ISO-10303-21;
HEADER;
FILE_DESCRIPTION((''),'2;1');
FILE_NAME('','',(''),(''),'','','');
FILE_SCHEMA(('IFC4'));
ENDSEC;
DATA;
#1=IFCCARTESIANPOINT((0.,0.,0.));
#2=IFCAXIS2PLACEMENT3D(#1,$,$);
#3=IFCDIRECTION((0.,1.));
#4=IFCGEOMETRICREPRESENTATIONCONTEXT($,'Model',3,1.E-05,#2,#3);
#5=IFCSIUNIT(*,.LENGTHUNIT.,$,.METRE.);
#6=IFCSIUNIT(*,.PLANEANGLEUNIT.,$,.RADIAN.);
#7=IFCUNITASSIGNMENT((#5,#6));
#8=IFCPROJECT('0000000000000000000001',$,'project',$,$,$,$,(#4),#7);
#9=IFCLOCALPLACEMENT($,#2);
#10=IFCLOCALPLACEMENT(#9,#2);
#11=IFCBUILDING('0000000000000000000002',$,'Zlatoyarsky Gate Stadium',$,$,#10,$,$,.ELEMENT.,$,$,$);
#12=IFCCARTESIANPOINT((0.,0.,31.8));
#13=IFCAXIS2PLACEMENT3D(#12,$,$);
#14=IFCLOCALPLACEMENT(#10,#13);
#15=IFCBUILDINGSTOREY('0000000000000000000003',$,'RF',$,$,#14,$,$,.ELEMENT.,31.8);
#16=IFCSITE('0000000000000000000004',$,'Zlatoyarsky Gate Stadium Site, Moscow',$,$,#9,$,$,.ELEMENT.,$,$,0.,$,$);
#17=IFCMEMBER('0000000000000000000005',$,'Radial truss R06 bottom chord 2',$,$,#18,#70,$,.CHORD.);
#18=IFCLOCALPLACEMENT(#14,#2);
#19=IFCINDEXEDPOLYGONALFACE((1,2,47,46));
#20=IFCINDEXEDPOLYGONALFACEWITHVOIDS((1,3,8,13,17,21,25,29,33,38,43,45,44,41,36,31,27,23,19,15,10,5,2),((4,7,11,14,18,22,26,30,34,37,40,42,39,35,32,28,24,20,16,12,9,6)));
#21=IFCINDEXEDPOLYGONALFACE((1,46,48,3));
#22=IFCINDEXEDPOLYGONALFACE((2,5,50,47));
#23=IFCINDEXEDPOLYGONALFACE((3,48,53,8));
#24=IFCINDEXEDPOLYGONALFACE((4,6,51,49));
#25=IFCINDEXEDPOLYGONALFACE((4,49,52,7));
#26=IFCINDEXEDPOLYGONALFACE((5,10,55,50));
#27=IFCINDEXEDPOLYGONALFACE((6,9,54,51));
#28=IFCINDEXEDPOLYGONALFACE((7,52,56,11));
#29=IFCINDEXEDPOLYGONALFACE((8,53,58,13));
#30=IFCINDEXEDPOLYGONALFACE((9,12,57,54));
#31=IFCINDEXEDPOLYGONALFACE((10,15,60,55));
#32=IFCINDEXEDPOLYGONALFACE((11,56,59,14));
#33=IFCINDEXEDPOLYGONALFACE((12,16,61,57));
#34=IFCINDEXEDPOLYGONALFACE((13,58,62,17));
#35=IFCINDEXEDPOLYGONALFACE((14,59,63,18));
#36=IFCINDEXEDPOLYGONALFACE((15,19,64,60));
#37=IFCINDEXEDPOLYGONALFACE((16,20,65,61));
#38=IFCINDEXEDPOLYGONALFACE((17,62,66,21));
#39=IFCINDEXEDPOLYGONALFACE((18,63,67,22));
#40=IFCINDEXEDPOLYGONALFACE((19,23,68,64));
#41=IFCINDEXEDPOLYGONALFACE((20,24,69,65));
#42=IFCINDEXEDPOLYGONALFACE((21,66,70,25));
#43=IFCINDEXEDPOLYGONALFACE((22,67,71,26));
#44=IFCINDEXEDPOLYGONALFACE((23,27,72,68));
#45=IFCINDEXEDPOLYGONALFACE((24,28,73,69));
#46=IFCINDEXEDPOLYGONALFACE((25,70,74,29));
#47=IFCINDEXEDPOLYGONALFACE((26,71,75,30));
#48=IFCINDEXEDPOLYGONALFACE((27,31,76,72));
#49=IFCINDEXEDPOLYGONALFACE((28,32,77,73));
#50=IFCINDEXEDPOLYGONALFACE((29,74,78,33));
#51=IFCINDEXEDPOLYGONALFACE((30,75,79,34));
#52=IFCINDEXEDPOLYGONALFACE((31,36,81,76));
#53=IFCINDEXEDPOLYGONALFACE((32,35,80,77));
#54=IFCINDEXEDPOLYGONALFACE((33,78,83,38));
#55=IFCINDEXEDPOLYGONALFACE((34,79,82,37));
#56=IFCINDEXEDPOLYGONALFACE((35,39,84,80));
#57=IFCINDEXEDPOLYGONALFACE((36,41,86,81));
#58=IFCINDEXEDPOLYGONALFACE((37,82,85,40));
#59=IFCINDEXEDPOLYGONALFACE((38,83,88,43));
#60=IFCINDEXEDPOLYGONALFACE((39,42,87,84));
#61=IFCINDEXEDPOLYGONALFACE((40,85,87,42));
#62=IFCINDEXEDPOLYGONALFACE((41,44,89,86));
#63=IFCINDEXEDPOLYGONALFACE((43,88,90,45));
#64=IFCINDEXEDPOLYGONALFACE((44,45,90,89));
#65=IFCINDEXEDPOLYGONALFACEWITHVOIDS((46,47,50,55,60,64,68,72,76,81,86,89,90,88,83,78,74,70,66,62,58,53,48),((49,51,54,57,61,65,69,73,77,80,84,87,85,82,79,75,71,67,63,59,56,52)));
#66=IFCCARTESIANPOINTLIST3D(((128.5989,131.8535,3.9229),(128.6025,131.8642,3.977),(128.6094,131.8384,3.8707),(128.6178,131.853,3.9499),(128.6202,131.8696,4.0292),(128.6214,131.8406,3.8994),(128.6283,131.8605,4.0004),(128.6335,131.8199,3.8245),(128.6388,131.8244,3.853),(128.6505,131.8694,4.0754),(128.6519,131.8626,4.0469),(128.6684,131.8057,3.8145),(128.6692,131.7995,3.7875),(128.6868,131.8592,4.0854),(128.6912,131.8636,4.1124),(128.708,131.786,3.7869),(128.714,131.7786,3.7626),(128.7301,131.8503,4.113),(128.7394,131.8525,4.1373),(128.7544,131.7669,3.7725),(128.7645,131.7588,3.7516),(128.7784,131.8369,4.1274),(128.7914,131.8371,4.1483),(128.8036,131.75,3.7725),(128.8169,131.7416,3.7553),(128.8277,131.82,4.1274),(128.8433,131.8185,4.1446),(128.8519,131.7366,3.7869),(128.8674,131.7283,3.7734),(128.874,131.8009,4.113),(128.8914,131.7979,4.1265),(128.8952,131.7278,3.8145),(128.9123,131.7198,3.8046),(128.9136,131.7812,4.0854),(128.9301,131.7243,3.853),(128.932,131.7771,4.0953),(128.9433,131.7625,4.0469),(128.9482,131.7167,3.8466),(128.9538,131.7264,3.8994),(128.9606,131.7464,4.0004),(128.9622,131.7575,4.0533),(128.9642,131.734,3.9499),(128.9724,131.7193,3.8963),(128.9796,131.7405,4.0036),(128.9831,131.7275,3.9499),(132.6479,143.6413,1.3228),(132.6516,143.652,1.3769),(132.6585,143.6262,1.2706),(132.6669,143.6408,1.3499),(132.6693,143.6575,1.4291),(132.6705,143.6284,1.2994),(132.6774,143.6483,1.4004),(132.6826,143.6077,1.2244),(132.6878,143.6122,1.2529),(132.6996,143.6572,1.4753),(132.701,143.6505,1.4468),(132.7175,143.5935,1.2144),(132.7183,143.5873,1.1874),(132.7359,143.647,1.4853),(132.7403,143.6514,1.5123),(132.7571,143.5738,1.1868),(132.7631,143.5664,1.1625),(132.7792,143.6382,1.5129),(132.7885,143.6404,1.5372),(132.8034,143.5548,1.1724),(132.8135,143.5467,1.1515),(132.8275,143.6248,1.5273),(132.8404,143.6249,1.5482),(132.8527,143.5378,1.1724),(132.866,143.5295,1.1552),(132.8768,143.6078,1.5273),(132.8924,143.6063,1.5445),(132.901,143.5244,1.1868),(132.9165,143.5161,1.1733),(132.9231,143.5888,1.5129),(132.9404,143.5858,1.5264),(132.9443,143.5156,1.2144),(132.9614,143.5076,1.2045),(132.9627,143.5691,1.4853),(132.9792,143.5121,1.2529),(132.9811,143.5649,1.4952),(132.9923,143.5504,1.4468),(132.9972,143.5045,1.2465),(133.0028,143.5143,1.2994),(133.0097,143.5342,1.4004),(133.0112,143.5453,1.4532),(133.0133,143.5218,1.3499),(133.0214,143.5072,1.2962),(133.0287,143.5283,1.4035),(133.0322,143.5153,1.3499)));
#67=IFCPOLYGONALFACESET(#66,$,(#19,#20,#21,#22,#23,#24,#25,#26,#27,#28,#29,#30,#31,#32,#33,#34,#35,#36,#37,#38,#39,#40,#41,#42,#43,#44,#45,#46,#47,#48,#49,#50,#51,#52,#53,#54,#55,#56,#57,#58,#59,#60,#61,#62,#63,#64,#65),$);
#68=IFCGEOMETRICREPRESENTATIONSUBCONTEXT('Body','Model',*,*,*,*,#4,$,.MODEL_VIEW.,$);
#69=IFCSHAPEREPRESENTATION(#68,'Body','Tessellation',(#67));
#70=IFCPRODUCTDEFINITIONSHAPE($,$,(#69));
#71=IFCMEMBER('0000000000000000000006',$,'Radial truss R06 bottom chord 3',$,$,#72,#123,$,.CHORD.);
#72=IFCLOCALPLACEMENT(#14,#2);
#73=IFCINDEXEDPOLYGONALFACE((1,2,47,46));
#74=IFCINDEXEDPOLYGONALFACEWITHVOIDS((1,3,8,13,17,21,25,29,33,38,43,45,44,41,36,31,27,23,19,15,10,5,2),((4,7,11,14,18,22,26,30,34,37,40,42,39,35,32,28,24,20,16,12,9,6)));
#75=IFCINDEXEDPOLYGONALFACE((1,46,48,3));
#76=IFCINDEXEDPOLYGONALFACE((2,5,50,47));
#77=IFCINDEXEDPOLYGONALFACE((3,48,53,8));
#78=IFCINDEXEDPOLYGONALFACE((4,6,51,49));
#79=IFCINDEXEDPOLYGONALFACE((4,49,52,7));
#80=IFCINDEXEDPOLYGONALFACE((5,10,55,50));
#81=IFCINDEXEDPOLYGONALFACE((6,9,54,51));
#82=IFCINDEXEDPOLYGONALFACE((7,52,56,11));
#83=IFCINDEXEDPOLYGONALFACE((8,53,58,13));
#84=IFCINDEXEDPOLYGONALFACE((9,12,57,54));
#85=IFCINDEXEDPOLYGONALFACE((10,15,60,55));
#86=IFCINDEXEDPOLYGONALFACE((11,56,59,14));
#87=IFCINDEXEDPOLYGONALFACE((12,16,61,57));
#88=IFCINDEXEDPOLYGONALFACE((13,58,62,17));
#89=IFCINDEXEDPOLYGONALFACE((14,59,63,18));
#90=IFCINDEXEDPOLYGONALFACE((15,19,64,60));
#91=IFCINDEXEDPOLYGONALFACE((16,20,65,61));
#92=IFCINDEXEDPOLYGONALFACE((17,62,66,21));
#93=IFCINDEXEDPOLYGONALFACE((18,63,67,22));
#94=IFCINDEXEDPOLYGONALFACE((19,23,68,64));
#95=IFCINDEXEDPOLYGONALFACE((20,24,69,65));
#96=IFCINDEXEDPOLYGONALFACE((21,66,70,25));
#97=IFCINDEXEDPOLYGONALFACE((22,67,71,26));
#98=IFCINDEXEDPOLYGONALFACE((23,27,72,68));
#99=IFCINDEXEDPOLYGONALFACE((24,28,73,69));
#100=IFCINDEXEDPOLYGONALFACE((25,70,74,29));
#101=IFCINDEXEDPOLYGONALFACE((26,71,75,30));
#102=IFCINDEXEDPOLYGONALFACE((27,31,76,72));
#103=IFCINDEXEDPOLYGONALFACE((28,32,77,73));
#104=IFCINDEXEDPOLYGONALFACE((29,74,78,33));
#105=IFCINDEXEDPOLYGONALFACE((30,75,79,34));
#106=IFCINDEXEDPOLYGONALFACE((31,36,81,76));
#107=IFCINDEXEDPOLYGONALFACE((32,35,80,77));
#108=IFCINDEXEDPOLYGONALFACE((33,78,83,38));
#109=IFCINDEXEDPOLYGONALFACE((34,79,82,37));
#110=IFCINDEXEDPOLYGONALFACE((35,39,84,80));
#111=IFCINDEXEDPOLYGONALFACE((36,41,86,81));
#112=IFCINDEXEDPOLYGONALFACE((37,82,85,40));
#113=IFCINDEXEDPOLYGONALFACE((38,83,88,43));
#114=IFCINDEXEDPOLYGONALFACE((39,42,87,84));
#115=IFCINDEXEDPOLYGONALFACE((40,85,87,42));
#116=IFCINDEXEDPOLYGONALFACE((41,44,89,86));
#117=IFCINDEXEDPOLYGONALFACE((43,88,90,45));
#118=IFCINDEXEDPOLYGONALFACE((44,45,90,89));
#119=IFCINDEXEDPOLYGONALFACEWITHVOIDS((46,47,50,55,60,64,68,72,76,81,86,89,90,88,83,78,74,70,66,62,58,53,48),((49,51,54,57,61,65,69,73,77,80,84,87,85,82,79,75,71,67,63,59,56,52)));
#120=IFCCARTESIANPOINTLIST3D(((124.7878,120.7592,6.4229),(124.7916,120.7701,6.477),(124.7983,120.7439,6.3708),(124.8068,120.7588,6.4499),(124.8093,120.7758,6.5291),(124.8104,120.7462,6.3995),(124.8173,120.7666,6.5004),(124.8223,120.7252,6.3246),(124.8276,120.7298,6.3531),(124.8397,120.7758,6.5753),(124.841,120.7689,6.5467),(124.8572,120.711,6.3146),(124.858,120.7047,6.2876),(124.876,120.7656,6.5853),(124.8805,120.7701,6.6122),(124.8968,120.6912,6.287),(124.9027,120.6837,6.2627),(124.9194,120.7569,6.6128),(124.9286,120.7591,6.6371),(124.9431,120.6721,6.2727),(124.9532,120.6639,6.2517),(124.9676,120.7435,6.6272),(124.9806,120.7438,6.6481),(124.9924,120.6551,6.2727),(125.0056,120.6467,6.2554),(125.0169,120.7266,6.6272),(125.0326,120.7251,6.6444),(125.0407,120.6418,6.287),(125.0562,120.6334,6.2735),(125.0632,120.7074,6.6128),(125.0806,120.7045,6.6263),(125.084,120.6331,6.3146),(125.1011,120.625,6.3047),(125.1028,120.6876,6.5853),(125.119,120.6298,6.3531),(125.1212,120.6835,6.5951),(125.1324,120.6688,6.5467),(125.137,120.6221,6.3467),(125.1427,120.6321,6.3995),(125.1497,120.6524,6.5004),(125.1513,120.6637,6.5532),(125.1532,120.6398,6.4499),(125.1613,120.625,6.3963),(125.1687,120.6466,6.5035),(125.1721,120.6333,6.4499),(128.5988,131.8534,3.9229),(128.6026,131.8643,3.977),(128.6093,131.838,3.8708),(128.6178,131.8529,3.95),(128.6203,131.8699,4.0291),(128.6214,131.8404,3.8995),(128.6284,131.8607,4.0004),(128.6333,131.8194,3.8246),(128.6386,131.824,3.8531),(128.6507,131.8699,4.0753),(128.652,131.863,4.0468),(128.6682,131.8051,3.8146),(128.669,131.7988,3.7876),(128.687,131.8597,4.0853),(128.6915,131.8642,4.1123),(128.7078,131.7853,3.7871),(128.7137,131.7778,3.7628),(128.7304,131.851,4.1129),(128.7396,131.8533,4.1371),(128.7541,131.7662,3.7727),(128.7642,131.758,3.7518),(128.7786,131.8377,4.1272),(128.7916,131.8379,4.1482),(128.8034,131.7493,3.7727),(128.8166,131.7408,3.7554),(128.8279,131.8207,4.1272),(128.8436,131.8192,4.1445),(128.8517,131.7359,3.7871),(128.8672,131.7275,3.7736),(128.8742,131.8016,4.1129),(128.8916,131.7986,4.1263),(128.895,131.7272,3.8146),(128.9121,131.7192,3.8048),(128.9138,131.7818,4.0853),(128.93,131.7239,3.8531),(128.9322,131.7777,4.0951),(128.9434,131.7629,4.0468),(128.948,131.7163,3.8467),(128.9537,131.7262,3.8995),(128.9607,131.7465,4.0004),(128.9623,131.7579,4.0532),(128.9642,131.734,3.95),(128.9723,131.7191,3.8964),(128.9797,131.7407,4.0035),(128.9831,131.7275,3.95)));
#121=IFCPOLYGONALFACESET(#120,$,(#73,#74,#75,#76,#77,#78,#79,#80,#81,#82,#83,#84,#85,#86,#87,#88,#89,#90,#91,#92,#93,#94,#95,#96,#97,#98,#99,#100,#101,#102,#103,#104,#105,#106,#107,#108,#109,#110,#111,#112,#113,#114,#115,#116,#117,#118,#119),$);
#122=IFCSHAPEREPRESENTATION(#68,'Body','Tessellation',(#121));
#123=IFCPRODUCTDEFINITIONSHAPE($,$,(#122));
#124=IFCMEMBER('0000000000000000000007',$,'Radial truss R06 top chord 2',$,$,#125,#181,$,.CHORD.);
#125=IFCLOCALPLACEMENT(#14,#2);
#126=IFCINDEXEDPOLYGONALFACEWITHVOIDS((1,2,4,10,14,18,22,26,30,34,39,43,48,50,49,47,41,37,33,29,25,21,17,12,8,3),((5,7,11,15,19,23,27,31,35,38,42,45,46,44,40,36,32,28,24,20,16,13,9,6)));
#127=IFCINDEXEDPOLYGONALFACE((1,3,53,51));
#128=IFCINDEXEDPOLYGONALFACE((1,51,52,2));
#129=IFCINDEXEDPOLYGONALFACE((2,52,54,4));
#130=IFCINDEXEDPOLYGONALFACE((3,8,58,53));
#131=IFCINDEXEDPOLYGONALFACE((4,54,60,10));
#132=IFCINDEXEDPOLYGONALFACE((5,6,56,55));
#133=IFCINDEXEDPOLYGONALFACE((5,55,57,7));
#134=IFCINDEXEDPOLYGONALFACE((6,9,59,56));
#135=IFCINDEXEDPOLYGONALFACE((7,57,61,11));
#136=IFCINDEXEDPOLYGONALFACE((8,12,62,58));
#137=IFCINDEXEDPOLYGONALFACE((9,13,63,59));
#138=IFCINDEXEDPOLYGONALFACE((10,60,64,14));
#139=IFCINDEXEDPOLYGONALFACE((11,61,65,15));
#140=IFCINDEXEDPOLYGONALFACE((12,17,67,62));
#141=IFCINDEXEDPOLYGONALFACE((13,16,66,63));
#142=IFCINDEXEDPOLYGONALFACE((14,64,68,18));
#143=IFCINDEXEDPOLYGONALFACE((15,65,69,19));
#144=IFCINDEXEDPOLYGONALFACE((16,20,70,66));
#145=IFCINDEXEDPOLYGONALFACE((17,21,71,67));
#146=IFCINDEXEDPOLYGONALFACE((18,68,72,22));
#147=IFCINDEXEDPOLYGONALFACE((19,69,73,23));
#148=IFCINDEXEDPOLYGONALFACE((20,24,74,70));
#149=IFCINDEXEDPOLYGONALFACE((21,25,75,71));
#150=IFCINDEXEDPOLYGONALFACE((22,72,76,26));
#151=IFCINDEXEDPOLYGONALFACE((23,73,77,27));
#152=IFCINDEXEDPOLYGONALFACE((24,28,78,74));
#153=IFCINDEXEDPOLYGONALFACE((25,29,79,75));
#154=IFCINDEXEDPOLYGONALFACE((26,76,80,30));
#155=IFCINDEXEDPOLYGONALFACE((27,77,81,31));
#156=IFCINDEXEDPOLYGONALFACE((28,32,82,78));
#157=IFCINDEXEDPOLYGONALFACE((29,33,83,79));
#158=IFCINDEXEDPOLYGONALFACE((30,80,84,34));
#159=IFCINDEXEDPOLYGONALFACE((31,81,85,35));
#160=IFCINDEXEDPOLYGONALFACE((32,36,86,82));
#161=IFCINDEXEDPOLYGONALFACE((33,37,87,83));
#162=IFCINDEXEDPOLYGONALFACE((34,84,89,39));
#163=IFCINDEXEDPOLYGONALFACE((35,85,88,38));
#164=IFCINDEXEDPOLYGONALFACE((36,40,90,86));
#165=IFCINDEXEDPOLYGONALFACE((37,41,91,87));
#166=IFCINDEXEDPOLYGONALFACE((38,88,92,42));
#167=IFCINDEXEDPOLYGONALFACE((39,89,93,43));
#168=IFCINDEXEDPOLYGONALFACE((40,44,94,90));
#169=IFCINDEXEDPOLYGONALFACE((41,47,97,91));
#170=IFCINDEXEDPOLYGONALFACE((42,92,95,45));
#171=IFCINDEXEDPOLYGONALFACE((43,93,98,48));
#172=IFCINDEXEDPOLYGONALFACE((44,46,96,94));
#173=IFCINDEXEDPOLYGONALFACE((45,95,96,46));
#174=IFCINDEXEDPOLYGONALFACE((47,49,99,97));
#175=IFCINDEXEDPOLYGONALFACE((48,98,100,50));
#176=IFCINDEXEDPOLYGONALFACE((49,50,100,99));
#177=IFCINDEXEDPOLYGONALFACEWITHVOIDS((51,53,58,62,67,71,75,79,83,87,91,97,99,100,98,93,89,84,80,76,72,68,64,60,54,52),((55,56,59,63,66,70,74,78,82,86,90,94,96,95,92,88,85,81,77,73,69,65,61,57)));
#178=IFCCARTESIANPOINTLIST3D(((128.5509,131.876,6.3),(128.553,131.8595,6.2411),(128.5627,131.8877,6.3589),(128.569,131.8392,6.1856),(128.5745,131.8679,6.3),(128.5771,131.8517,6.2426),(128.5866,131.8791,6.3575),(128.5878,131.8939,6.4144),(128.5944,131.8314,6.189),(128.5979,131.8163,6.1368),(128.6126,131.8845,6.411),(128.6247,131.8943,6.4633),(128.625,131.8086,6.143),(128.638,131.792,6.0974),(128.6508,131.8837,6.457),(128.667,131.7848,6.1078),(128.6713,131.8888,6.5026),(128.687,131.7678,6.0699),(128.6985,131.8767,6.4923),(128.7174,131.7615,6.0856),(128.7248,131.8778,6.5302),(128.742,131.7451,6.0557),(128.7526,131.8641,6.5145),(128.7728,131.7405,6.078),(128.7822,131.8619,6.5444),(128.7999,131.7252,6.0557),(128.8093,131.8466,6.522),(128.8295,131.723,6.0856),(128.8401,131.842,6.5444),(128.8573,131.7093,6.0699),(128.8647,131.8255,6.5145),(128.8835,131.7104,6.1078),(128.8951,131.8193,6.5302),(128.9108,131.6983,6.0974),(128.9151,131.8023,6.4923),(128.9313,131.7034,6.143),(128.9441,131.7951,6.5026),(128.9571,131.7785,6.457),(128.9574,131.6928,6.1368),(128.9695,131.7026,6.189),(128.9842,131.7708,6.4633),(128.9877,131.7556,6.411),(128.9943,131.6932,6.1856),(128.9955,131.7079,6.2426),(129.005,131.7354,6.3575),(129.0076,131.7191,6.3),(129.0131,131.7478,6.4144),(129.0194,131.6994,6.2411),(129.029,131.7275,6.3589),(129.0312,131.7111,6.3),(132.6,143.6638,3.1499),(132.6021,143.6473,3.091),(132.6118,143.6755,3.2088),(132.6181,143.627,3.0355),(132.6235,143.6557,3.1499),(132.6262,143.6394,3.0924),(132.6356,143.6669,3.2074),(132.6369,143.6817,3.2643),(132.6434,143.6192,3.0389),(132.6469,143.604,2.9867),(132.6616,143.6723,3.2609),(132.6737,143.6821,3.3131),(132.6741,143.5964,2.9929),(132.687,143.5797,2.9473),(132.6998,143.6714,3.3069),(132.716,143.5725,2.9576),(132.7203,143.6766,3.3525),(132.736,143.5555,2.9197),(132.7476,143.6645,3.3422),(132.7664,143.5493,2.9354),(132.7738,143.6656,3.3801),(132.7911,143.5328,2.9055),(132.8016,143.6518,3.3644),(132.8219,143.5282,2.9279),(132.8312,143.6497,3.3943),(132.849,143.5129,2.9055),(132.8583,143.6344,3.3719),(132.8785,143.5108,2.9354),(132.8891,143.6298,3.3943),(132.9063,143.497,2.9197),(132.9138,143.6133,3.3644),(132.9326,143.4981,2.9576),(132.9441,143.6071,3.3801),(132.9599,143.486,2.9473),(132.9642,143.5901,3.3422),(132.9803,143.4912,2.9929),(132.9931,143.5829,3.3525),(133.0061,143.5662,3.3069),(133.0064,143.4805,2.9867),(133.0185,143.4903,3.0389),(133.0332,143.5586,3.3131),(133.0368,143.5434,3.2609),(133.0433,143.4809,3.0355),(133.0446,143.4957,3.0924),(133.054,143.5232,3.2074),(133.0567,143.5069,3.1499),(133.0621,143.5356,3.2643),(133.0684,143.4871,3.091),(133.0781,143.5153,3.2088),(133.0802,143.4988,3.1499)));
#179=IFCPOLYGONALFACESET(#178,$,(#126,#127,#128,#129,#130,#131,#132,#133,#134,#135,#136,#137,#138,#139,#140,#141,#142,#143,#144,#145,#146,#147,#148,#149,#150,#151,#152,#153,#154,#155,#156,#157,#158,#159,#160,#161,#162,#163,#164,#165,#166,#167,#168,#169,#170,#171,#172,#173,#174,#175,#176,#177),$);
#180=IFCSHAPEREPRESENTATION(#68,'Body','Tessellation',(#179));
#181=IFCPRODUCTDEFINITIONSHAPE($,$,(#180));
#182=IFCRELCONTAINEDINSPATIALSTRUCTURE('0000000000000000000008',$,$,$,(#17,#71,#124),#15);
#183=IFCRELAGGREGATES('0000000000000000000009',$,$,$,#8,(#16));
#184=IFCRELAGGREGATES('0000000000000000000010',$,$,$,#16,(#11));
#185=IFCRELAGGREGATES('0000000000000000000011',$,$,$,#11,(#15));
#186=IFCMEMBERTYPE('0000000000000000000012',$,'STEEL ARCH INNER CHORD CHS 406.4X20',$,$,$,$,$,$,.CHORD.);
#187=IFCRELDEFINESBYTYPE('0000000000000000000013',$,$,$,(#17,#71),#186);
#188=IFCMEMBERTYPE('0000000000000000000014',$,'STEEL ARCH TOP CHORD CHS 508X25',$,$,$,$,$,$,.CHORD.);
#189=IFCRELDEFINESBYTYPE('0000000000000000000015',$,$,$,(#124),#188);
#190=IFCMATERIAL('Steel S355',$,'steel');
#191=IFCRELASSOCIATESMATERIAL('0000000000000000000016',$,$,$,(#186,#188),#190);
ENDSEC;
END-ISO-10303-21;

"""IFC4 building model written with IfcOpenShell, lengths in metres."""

from ifc_helpers import new_model, si_unit, direction, frame, origin, origin_2d, place, context, subcontext, project, spatial, hollow_circle, extrude, material, material_profile, profile_set, type_object, element, save


model = new_model("IFC4")

# Units and contexts
model_context = context("Model", 3, precision=1e-05, world=origin(), true_north=direction((0.0, 1.0)))
body_context = subcontext(model_context, "Body", "Model", "MODEL_VIEW")
ifc_project = project(units=[si_unit("LENGTHUNIT", "METRE"), si_unit("PLANEANGLEUNIT", "RADIAN")], contexts=[model_context])

# Site, building, storey
site_placement = place(None, origin())
site = spatial("IfcSite", under=ifc_project, at=site_placement, Name="Zlatoyarsky Gate Stadium Site, Moscow", CompositionType="ELEMENT", RefElevation=0.0)
building_placement = place(site_placement, origin())
building = spatial("IfcBuilding", under=site, at=building_placement, Name="Zlatoyarsky Gate Stadium", CompositionType="ELEMENT")
storey_placement = place(building_placement, frame((0.0, 0.0, 31.8)))
storey = spatial("IfcBuildingStorey", under=building, at=storey_placement, Name="RF", CompositionType="ELEMENT", Elevation=31.8)

# Members
ifc_material_1 = material(Name="Steel S355", Category="steel")
ifc_material_profile_1 = material_profile(ifc_material_1, hollow_circle(Radius=0.2031, WallThickness=0.02, at=origin_2d()), Name="CHS 406.4X20")
ifc_profile_set_1 = profile_set([ifc_material_profile_1], Name="Steel S355")
member_type_1 = type_object("IfcMemberType", Name="STEEL ARCH INNER CHORD CHS 406.4X20", PredefinedType="CHORD", material=ifc_profile_set_1)
member_1_placement = place(storey_placement, frame((132.8401, 143.5813, 1.3499), z_axis=(-0.318018, -0.92583, 0.204214), x_axis=(0.945761, -0.324865, 0.0)))
element("IfcMember", 1, at=member_1_placement, inside=storey, type_object=member_type_1, Name="Radial truss R06 bottom chord 2", PredefinedType="CHORD", context=body_context, shape_type="SweptSolid", body=[
    extrude(hollow_circle(Radius=0.2031, WallThickness=0.02, at=origin_2d()), origin(), (0.0, 0.0, 1.0), 12.7322),
])
member_2_placement = place(storey_placement, frame((128.791, 131.7935, 3.95), z_axis=(-0.317745, -0.924982, 0.208437), x_axis=(0.945755, -0.324881, 0.0)))
element("IfcMember", 2, at=member_2_placement, inside=storey, type_object=member_type_1, Name="Radial truss R06 bottom chord 3", PredefinedType="CHORD", context=body_context, shape_type="SweptSolid", body=[
    extrude(hollow_circle(Radius=0.2031, WallThickness=0.02, at=origin_2d()), origin(), (0.0, 0.0, 1.0), 11.9939),
])
ifc_material_profile_2 = material_profile(ifc_material_1, hollow_circle(Radius=0.2539, WallThickness=0.0249, at=origin_2d()), Name="CHS 508X25")
ifc_profile_set_2 = profile_set([ifc_material_profile_2], Name="Steel S355")
member_type_2 = type_object("IfcMemberType", Name="STEEL ARCH TOP CHORD CHS 508X25", PredefinedType="CHORD", material=ifc_profile_set_2)
member_3_placement = place(storey_placement, frame((132.8401, 143.5813, 3.1499), z_axis=(-0.314961, -0.916928, 0.245037), x_axis=(0.945761, -0.324865, 0.0)))
element("IfcMember", 3, at=member_3_placement, inside=storey, type_object=member_type_2, Name="Radial truss R06 top chord 2", PredefinedType="CHORD", context=body_context, shape_type="SweptSolid", body=[
    extrude(hollow_circle(Radius=0.2539, WallThickness=0.0249, at=origin_2d()), origin(), (0.0, 0.0, 1.0), 12.8557),
])

save(model, "model.ifc")
